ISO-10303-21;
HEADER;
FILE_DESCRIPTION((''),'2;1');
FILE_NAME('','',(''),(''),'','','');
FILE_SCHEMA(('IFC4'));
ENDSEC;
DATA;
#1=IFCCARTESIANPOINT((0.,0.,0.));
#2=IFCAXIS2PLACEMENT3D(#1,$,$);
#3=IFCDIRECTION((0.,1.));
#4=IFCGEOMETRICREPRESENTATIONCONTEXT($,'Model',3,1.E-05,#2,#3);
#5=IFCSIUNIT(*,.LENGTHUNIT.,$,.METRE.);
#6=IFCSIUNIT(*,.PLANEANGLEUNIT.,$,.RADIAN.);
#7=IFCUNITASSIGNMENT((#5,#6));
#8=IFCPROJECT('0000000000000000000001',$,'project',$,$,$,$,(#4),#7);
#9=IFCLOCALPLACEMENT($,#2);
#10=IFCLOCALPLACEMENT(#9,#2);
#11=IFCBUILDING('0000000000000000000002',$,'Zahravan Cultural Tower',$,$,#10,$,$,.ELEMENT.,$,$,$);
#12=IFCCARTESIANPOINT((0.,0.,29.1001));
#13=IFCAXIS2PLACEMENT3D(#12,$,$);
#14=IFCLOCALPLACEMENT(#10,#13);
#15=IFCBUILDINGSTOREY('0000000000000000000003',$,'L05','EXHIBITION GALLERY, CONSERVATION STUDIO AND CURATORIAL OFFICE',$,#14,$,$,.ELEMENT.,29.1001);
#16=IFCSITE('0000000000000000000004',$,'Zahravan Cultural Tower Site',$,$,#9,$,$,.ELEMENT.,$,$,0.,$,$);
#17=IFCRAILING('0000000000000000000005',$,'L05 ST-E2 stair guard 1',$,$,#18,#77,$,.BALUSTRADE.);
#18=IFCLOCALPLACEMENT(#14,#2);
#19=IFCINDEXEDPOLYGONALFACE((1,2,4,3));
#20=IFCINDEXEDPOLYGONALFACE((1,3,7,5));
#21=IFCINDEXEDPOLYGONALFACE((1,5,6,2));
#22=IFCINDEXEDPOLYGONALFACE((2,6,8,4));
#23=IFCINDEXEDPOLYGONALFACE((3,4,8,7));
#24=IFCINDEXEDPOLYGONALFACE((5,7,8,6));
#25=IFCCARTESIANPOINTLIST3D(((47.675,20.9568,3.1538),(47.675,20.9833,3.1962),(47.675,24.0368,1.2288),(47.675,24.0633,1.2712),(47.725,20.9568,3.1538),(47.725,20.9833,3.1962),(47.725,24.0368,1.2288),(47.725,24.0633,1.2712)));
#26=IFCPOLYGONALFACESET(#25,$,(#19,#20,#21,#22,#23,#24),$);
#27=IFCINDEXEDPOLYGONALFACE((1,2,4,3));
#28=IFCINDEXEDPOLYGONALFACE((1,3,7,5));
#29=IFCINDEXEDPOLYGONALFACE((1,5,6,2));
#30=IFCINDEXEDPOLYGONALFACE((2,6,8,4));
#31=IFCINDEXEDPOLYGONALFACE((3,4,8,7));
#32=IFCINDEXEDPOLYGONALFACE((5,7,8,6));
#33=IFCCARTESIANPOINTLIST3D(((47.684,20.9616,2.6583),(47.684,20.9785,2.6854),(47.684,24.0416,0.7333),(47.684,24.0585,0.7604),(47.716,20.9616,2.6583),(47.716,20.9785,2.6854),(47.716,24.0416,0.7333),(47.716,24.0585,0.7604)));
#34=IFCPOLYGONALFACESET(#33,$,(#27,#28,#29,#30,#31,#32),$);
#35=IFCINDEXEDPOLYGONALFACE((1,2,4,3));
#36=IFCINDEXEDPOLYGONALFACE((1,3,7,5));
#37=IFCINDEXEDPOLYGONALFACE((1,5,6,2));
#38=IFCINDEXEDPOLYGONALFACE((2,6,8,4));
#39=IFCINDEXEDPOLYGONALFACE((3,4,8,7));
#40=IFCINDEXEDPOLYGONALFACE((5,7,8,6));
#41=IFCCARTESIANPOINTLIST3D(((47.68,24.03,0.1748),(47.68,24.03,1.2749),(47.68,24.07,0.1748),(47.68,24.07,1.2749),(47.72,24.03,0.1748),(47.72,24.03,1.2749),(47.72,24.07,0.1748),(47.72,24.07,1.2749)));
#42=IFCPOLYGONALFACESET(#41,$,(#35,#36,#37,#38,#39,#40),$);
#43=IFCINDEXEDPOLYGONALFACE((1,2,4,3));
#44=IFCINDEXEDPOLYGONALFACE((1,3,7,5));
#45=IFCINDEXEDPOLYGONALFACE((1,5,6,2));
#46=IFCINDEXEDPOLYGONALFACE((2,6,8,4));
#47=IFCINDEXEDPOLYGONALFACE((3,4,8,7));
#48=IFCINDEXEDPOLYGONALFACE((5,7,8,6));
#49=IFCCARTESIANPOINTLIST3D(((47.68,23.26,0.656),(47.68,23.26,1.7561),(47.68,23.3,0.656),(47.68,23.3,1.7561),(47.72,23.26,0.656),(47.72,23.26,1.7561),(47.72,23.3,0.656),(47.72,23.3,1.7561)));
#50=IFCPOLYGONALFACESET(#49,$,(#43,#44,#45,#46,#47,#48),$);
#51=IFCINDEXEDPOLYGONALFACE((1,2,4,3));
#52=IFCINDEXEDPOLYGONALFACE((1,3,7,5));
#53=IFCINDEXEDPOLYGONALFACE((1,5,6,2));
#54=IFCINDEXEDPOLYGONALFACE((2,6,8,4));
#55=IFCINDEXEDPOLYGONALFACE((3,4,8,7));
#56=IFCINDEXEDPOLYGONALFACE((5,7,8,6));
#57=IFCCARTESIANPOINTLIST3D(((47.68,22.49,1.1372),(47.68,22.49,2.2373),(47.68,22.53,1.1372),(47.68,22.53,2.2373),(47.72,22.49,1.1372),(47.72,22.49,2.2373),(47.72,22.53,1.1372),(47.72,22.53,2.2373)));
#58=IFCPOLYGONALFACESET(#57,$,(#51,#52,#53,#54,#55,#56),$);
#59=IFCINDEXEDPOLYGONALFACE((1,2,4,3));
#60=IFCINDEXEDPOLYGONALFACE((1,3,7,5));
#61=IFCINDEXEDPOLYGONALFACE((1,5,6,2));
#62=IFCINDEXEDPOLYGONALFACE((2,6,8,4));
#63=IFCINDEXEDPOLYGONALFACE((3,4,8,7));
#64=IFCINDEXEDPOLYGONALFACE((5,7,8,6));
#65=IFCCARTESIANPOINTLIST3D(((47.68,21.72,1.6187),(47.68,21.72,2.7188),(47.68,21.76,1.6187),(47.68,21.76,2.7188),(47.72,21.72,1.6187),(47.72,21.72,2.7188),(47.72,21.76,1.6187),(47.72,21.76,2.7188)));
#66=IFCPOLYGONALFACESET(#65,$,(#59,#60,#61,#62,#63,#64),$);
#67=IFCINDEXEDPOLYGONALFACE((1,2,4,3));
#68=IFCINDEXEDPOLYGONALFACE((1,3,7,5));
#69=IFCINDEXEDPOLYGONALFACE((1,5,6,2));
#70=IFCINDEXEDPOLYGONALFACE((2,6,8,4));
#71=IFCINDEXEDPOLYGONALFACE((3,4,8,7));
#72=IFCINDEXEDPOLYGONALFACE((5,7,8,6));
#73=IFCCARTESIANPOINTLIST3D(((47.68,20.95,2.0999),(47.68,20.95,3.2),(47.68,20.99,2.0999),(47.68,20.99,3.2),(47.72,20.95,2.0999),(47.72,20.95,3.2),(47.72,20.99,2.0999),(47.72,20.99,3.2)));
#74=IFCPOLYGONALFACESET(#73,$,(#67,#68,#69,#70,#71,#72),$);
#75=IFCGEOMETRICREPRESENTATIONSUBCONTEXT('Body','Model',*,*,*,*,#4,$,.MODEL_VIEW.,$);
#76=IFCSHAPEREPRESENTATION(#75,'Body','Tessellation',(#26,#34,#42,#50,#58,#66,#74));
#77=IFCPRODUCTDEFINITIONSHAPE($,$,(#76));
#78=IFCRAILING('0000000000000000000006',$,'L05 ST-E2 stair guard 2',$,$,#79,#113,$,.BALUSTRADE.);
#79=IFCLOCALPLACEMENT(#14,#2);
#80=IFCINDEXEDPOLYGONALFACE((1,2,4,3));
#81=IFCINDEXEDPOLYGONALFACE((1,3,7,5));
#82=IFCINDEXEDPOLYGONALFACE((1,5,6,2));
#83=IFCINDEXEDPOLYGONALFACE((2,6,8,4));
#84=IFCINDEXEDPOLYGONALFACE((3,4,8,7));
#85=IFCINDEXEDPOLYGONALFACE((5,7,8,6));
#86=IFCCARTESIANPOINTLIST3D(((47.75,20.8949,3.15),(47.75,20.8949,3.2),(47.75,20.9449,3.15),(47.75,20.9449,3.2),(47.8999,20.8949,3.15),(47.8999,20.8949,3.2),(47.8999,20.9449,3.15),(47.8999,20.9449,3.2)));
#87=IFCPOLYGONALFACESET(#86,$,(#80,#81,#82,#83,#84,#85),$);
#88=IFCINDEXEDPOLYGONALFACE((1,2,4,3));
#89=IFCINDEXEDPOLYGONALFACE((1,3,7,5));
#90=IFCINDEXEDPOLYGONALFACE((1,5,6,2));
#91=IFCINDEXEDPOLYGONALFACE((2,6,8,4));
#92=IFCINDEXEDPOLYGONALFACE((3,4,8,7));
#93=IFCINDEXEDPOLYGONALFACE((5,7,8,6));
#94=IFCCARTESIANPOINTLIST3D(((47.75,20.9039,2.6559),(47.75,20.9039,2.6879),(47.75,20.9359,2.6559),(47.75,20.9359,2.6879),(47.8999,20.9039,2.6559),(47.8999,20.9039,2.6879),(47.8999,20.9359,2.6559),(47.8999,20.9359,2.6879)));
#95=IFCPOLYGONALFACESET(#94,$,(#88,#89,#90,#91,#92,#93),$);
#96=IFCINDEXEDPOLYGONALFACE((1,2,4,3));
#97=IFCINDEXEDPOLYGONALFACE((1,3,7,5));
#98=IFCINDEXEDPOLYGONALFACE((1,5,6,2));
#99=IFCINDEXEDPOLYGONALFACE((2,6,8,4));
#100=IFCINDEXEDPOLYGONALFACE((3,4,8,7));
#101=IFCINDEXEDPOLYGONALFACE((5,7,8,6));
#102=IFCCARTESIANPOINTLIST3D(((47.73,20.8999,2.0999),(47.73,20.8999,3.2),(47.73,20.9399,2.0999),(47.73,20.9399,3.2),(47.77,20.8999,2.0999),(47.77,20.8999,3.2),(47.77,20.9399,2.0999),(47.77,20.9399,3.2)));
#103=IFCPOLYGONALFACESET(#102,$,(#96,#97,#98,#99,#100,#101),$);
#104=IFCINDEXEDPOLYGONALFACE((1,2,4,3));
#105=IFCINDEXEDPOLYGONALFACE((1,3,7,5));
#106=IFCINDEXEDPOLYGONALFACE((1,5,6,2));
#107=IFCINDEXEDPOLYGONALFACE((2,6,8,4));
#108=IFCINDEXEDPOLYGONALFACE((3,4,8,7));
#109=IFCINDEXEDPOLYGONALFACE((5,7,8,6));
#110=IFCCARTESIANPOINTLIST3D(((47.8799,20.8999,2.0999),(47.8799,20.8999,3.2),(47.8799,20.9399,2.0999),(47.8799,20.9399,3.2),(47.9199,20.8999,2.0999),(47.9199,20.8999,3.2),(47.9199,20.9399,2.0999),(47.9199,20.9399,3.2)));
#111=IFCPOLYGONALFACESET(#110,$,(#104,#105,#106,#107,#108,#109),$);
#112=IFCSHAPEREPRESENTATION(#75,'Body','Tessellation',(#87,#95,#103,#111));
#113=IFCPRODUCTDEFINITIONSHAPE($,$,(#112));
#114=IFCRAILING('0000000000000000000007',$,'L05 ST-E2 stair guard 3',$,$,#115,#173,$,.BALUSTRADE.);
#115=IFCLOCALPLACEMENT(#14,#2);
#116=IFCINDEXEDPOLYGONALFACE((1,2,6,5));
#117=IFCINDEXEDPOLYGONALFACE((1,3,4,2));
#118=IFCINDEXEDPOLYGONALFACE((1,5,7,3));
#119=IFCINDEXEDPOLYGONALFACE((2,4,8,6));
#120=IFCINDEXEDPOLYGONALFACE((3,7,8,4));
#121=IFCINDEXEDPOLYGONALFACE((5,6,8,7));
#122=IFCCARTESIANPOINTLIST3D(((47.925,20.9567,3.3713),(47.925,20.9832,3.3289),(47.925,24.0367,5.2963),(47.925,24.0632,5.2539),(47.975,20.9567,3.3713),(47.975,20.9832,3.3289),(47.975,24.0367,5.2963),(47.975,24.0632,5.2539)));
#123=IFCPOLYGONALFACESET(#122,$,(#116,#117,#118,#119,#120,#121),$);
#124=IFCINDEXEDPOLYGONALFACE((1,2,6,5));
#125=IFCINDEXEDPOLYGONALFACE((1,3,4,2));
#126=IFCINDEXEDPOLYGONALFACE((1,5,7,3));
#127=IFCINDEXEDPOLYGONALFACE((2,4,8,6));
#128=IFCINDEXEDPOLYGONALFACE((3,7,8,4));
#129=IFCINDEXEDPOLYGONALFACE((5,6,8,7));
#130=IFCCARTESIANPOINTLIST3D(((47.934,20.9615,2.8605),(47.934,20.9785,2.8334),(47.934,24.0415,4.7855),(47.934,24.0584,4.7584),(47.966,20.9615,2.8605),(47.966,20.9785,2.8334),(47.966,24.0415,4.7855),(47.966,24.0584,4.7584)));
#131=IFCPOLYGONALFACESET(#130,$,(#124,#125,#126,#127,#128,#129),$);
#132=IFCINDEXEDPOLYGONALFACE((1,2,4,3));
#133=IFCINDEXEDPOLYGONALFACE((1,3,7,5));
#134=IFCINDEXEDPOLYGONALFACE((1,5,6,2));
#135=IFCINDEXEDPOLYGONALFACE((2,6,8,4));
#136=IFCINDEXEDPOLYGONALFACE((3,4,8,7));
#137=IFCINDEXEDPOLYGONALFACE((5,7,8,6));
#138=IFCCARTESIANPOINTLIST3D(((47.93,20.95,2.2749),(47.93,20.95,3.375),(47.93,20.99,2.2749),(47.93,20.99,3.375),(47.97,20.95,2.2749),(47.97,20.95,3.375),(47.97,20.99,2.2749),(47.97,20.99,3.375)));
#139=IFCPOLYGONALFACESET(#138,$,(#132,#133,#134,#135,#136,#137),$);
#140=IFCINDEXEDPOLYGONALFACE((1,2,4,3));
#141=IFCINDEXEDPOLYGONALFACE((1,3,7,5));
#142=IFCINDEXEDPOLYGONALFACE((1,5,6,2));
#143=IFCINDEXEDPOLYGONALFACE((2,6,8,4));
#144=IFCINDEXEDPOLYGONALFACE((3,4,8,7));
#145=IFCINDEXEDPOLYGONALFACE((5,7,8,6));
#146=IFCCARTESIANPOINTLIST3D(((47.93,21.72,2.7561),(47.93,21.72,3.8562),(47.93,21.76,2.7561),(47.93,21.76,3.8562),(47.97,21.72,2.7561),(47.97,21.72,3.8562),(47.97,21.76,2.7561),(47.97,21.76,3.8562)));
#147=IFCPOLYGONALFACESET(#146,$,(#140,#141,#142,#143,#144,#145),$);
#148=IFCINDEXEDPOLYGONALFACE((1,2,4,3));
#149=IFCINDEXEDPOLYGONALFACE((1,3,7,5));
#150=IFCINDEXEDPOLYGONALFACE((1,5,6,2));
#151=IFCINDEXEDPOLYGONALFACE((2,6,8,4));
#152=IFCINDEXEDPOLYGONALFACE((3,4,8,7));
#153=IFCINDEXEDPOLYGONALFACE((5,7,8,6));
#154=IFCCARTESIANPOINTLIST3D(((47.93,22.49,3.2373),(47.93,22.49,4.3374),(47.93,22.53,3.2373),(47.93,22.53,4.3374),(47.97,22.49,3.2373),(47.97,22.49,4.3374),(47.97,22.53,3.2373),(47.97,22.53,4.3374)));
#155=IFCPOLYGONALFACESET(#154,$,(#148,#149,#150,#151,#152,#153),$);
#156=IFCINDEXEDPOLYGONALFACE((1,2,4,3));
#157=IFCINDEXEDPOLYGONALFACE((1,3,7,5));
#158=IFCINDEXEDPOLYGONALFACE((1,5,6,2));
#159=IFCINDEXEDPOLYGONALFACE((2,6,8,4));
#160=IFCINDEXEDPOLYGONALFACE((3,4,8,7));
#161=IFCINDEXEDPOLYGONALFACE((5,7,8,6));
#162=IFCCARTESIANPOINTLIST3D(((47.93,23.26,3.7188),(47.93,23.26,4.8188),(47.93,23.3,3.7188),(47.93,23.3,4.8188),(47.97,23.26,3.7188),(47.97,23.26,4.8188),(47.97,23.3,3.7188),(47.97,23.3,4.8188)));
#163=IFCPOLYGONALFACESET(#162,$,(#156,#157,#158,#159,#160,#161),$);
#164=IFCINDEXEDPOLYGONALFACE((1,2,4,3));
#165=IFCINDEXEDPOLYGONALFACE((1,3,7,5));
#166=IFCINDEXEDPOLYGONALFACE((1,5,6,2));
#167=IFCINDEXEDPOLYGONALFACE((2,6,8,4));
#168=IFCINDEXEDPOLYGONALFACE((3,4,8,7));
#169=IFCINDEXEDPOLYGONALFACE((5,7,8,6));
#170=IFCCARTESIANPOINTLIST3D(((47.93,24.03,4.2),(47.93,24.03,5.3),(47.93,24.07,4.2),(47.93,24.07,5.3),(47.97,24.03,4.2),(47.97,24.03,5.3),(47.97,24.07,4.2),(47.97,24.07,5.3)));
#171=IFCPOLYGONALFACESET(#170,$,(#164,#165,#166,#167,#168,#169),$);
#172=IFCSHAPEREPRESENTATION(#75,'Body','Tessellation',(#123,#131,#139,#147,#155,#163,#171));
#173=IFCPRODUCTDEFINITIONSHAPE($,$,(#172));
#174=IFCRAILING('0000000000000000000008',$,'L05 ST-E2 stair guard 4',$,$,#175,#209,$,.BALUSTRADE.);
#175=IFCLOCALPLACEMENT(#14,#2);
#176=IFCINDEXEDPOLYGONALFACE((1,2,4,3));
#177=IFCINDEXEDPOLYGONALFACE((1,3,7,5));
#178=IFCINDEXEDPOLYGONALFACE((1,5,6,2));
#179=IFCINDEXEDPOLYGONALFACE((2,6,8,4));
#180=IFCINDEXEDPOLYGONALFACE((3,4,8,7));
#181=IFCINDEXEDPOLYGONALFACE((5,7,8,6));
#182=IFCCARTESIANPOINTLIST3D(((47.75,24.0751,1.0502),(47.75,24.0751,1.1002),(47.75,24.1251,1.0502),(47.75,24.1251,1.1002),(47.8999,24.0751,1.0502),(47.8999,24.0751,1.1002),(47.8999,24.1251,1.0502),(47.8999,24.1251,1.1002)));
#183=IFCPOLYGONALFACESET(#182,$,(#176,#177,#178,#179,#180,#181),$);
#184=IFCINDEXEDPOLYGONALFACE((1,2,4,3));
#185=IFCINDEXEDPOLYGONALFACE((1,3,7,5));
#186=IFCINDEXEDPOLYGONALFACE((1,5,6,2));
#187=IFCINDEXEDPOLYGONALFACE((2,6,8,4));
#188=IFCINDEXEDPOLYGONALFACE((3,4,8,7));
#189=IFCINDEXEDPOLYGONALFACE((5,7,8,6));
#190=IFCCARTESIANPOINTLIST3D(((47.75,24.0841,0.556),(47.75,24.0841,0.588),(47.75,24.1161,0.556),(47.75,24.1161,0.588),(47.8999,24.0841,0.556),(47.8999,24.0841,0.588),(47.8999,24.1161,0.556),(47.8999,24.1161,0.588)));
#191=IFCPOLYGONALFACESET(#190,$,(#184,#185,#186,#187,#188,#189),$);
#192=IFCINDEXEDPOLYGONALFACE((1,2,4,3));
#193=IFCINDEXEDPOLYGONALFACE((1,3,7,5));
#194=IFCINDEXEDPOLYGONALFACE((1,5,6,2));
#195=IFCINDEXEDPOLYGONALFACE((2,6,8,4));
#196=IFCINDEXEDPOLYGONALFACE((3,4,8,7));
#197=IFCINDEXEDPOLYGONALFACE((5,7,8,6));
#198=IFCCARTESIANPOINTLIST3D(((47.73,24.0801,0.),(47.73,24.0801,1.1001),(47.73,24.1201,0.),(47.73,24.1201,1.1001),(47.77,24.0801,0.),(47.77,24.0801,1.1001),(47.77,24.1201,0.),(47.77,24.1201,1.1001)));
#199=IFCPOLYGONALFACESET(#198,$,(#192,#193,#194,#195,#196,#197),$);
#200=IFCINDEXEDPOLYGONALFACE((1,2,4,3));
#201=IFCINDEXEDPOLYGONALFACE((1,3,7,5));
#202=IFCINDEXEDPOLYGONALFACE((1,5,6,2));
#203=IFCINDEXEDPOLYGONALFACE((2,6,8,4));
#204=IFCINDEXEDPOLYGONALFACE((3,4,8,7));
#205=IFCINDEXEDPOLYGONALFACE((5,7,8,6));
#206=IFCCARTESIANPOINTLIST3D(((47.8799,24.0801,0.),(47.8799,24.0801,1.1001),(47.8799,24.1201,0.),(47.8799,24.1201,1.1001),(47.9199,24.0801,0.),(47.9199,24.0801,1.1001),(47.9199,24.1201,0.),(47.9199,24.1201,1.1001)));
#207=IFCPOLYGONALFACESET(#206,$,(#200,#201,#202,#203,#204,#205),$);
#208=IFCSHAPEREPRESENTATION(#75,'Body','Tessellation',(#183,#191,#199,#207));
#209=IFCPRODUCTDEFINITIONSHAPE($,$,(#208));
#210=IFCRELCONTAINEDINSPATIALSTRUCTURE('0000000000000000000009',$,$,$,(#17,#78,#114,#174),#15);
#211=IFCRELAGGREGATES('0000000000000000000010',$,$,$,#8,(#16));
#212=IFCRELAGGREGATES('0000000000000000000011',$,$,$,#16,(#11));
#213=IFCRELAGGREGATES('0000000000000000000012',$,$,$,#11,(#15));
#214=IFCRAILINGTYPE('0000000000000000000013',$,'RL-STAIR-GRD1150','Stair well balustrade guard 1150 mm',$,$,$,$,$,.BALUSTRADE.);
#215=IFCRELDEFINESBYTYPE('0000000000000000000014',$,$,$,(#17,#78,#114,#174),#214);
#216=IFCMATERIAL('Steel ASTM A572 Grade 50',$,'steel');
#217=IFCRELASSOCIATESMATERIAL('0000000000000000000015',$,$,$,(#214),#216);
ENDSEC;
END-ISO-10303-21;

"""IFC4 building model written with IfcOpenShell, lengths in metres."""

from ifc_helpers import new_model, si_unit, direction, frame, origin, origin_2d, place, context, subcontext, project, spatial, rectangle, extrude, material, type_object, element, save


model = new_model("IFC4")

# Units and contexts
model_context = context("Model", 3, precision=1e-05, world=origin(), true_north=direction((0.0, 1.0)))
body_context = subcontext(model_context, "Body", "Model", "MODEL_VIEW")
ifc_project = project(units=[si_unit("LENGTHUNIT", "METRE"), si_unit("PLANEANGLEUNIT", "RADIAN")], contexts=[model_context])

# Site, building, storey
site_placement = place(None, origin())
site = spatial("IfcSite", under=ifc_project, at=site_placement, Name="Zahravan Cultural Tower Site", CompositionType="ELEMENT", RefElevation=0.0)
building_placement = place(site_placement, origin())
building = spatial("IfcBuilding", under=site, at=building_placement, Name="Zahravan Cultural Tower", CompositionType="ELEMENT")
storey_placement = place(building_placement, frame((0.0, 0.0, 29.1001)))
storey = spatial("IfcBuildingStorey", under=building, at=storey_placement, Name="L05", Description="EXHIBITION GALLERY, CONSERVATION STUDIO AND CURATORIAL OFFICE", CompositionType="ELEMENT", Elevation=29.1001)

# Shared definitions
ifc_material_1 = material(Name="Steel ASTM A572 Grade 50", Category="steel")

# Railings
railing_type_1 = type_object("IfcRailingType", Name="RL-STAIR-GRD1150", Description="Stair well balustrade guard 1150 mm", PredefinedType="BALUSTRADE", material=ifc_material_1)
railing_1_placement = place(storey_placement, frame((47.7, 24.05, 0.1748)))
element("IfcRailing", 1, at=railing_1_placement, inside=storey, type_object=railing_type_1, Name="L05 ST-E2 stair guard 1", PredefinedType="BALUSTRADE", context=body_context, shape_type="SweptSolid", body=[
    extrude(rectangle(XDim=0.05, YDim=0.05, at=origin_2d()), frame((0.0, 0.0, 1.0752), z_axis=(0.0, -0.847998, 0.529999), x_axis=(1.0, 0.0, 0.0)), (0.0, 0.0, 1.0), 3.6321),
    extrude(rectangle(XDim=0.032, YDim=0.032, at=origin_2d()), frame((0.0, 0.0, 0.572), z_axis=(0.0, -0.847998, 0.529999), x_axis=(1.0, 0.0, 0.0)), (0.0, 0.0, 1.0), 3.6321),
    extrude(rectangle(XDim=0.04, YDim=0.04, at=origin_2d()), origin(), (0.0, 0.0, 1.0), 1.1001),
    extrude(rectangle(XDim=0.04, YDim=0.04, at=origin_2d()), frame((0.0, -0.77, 0.4812)), (0.0, 0.0, 1.0), 1.1001),
    extrude(rectangle(XDim=0.04, YDim=0.04, at=origin_2d()), frame((0.0, -1.54, 0.9624)), (0.0, 0.0, 1.0), 1.1001),
    extrude(rectangle(XDim=0.04, YDim=0.04, at=origin_2d()), frame((0.0, -2.3101, 1.4438)), (0.0, 0.0, 1.0), 1.1001),
    extrude(rectangle(XDim=0.04, YDim=0.04, at=origin_2d()), frame((0.0, -3.0801, 1.925)), (0.0, 0.0, 1.0), 1.1001),
])
railing_2_placement = place(storey_placement, frame((47.75, 20.9199, 2.0999)))
element("IfcRailing", 2, at=railing_2_placement, inside=storey, type_object=railing_type_1, Name="L05 ST-E2 stair guard 2", PredefinedType="BALUSTRADE", context=body_context, shape_type="SweptSolid", body=[
    extrude(rectangle(XDim=0.05, YDim=0.05, at=origin_2d()), frame((0.0, 0.0, 1.0752), z_axis=(1.0, 0.0, 0.0), x_axis=(0.0, 1.0, 0.0)), (0.0, 0.0, 1.0), 0.1499),
    extrude(rectangle(XDim=0.032, YDim=0.032, at=origin_2d()), frame((0.0, 0.0, 0.572), z_axis=(1.0, 0.0, 0.0), x_axis=(0.0, 1.0, 0.0)), (0.0, 0.0, 1.0), 0.1499),
    extrude(rectangle(XDim=0.04, YDim=0.04, at=origin_2d()), origin(), (0.0, 0.0, 1.0), 1.1001),
    extrude(rectangle(XDim=0.04, YDim=0.04, at=origin_2d()), frame((0.1499, 0.0, 0.0)), (0.0, 0.0, 1.0), 1.1001),
])
railing_3_placement = place(storey_placement, frame((47.95, 20.97, 2.2749)))
element("IfcRailing", 3, at=railing_3_placement, inside=storey, type_object=railing_type_1, Name="L05 ST-E2 stair guard 3", PredefinedType="BALUSTRADE", context=body_context, shape_type="SweptSolid", body=[
    extrude(rectangle(XDim=0.05, YDim=0.05, at=origin_2d()), frame((0.0, 0.0, 1.0752), z_axis=(0.0, 0.847998, 0.529999), x_axis=(-1.0, 0.0, 0.0)), (0.0, 0.0, 1.0), 3.6321),
    extrude(rectangle(XDim=0.032, YDim=0.032, at=origin_2d()), frame((0.0, 0.0, 0.572), z_axis=(0.0, 0.847998, 0.529999), x_axis=(-1.0, 0.0, 0.0)), (0.0, 0.0, 1.0), 3.6321),
    extrude(rectangle(XDim=0.04, YDim=0.04, at=origin_2d()), origin(), (0.0, 0.0, 1.0), 1.1001),
    extrude(rectangle(XDim=0.04, YDim=0.04, at=origin_2d()), frame((0.0, 0.77, 0.4812)), (0.0, 0.0, 1.0), 1.1001),
    extrude(rectangle(XDim=0.04, YDim=0.04, at=origin_2d()), frame((0.0, 1.54, 0.9624)), (0.0, 0.0, 1.0), 1.1001),
    extrude(rectangle(XDim=0.04, YDim=0.04, at=origin_2d()), frame((0.0, 2.3101, 1.4438)), (0.0, 0.0, 1.0), 1.1001),
    extrude(rectangle(XDim=0.04, YDim=0.04, at=origin_2d()), frame((0.0, 3.0801, 1.925)), (0.0, 0.0, 1.0), 1.1001),
])
railing_4_placement = place(storey_placement, frame((47.75, 24.1001, 0.0)))
element("IfcRailing", 4, at=railing_4_placement, inside=storey, type_object=railing_type_1, Name="L05 ST-E2 stair guard 4", PredefinedType="BALUSTRADE", context=body_context, shape_type="SweptSolid", body=[
    extrude(rectangle(XDim=0.05, YDim=0.05, at=origin_2d()), frame((0.0, 0.0, 1.0752), z_axis=(1.0, 0.0, 0.0), x_axis=(0.0, 1.0, 0.0)), (0.0, 0.0, 1.0), 0.1499),
    extrude(rectangle(XDim=0.032, YDim=0.032, at=origin_2d()), frame((0.0, 0.0, 0.572), z_axis=(1.0, 0.0, 0.0), x_axis=(0.0, 1.0, 0.0)), (0.0, 0.0, 1.0), 0.1499),
    extrude(rectangle(XDim=0.04, YDim=0.04, at=origin_2d()), origin(), (0.0, 0.0, 1.0), 1.1001),
    extrude(rectangle(XDim=0.04, YDim=0.04, at=origin_2d()), frame((0.1499, 0.0, 0.0)), (0.0, 0.0, 1.0), 1.1001),
])

save(model, "model.ifc")
